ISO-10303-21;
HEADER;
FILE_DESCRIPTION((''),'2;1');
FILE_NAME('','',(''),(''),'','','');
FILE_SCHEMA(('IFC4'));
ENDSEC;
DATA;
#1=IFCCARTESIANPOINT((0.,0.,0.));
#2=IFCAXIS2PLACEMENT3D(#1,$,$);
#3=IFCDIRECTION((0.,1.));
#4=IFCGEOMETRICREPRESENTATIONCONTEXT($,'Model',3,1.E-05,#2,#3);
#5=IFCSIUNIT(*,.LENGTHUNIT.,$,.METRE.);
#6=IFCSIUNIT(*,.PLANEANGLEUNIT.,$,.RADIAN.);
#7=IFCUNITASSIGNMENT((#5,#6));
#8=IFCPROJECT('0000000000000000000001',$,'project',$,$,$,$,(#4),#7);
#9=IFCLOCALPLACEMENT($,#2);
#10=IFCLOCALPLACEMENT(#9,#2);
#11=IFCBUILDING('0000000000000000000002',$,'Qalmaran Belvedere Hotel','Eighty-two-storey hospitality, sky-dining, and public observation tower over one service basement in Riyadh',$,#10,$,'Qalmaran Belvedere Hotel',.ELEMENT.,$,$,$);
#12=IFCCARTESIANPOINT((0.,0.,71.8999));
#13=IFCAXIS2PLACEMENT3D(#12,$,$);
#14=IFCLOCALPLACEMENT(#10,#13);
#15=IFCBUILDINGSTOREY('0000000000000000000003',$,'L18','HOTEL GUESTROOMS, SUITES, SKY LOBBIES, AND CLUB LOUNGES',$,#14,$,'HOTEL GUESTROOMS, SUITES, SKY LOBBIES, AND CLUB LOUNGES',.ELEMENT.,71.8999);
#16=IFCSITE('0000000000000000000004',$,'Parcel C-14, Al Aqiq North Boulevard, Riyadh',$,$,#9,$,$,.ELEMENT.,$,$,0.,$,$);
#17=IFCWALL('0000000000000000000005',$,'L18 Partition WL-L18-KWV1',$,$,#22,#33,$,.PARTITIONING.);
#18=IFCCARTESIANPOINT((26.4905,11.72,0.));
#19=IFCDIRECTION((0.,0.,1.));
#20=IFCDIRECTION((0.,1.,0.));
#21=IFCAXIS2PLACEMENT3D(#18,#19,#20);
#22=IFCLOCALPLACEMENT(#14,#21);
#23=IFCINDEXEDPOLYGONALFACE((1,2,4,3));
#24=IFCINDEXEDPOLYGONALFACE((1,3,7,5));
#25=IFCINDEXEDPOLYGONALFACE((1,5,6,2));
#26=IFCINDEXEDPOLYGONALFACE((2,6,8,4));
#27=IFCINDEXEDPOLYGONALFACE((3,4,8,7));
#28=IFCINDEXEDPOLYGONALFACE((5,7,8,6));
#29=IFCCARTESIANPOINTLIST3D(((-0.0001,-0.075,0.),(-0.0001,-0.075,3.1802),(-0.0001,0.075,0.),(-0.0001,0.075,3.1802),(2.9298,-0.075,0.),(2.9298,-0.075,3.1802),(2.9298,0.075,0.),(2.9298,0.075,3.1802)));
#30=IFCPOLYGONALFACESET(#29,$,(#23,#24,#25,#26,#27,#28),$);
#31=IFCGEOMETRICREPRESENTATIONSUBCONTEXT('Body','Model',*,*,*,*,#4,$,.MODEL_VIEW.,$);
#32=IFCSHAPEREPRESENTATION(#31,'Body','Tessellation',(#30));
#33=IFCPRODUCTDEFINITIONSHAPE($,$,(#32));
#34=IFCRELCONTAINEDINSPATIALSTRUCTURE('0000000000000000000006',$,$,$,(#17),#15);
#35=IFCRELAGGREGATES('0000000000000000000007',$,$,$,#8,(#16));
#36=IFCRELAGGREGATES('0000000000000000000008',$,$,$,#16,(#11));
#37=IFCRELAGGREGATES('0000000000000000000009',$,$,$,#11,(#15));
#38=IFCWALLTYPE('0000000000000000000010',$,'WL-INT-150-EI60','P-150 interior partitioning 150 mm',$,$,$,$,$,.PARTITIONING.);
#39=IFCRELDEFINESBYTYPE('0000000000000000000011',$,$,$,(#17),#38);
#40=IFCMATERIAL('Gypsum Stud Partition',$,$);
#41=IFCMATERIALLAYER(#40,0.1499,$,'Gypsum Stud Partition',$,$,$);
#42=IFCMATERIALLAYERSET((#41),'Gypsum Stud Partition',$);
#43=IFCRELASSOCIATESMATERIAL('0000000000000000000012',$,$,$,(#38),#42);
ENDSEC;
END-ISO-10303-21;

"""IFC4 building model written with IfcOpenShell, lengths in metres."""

from ifc_helpers import new_model, si_unit, direction, frame, frame_2d, origin, place, context, subcontext, project, spatial, rectangle, extrude, material, layer, layer_set, type_object, element, save


model = new_model("IFC4")

# Units and contexts
model_context = context("Model", 3, precision=1e-05, world=origin(), true_north=direction((0.0, 1.0)))
body_context = subcontext(model_context, "Body", "Model", "MODEL_VIEW")
ifc_project = project(units=[si_unit("LENGTHUNIT", "METRE"), si_unit("PLANEANGLEUNIT", "RADIAN")], contexts=[model_context])

# Site, building, storey
site_placement = place(None, origin())
site = spatial("IfcSite", under=ifc_project, at=site_placement, Name="Parcel C-14, Al Aqiq North Boulevard, Riyadh", CompositionType="ELEMENT", RefElevation=0.0)
building_placement = place(site_placement, origin())
building = spatial("IfcBuilding", under=site, at=building_placement, Name="Qalmaran Belvedere Hotel", Description="Eighty-two-storey hospitality, sky-dining, and public observation tower over one service basement in Riyadh", LongName="Qalmaran Belvedere Hotel", CompositionType="ELEMENT")
storey_placement = place(building_placement, frame((0.0, 0.0, 71.8999)))
storey = spatial("IfcBuildingStorey", under=building, at=storey_placement, Name="L18", Description="HOTEL GUESTROOMS, SUITES, SKY LOBBIES, AND CLUB LOUNGES", LongName="HOTEL GUESTROOMS, SUITES, SKY LOBBIES, AND CLUB LOUNGES", CompositionType="ELEMENT", Elevation=71.8999)

# Wall
ifc_material_1 = material(Name="Gypsum Stud Partition")
ifc_layer_1 = layer(ifc_material_1, 0.1499, Name="Gypsum Stud Partition")
ifc_layer_set_1 = layer_set([ifc_layer_1], Name="Gypsum Stud Partition")
wall_type_1 = type_object("IfcWallType", Name="WL-INT-150-EI60", Description="P-150 interior partitioning 150 mm", PredefinedType="PARTITIONING", material=ifc_layer_set_1)
wall_1_placement = place(storey_placement, frame((26.4905, 11.72, 0.0), z_axis=(0.0, 0.0, 1.0), x_axis=(0.0, 1.0, 0.0)))
element("IfcWall", 1, at=wall_1_placement, inside=storey, type_object=wall_type_1, Name="L18 Partition WL-L18-KWV1", PredefinedType="PARTITIONING", context=body_context, shape_type="SweptSolid", body=[
    extrude(rectangle(XDim=2.9299, YDim=0.1499, at=frame_2d((1.4648, 0.0))), origin(), (0.0, 0.0, 1.0), 3.1802),
])

save(model, "model.ifc")
